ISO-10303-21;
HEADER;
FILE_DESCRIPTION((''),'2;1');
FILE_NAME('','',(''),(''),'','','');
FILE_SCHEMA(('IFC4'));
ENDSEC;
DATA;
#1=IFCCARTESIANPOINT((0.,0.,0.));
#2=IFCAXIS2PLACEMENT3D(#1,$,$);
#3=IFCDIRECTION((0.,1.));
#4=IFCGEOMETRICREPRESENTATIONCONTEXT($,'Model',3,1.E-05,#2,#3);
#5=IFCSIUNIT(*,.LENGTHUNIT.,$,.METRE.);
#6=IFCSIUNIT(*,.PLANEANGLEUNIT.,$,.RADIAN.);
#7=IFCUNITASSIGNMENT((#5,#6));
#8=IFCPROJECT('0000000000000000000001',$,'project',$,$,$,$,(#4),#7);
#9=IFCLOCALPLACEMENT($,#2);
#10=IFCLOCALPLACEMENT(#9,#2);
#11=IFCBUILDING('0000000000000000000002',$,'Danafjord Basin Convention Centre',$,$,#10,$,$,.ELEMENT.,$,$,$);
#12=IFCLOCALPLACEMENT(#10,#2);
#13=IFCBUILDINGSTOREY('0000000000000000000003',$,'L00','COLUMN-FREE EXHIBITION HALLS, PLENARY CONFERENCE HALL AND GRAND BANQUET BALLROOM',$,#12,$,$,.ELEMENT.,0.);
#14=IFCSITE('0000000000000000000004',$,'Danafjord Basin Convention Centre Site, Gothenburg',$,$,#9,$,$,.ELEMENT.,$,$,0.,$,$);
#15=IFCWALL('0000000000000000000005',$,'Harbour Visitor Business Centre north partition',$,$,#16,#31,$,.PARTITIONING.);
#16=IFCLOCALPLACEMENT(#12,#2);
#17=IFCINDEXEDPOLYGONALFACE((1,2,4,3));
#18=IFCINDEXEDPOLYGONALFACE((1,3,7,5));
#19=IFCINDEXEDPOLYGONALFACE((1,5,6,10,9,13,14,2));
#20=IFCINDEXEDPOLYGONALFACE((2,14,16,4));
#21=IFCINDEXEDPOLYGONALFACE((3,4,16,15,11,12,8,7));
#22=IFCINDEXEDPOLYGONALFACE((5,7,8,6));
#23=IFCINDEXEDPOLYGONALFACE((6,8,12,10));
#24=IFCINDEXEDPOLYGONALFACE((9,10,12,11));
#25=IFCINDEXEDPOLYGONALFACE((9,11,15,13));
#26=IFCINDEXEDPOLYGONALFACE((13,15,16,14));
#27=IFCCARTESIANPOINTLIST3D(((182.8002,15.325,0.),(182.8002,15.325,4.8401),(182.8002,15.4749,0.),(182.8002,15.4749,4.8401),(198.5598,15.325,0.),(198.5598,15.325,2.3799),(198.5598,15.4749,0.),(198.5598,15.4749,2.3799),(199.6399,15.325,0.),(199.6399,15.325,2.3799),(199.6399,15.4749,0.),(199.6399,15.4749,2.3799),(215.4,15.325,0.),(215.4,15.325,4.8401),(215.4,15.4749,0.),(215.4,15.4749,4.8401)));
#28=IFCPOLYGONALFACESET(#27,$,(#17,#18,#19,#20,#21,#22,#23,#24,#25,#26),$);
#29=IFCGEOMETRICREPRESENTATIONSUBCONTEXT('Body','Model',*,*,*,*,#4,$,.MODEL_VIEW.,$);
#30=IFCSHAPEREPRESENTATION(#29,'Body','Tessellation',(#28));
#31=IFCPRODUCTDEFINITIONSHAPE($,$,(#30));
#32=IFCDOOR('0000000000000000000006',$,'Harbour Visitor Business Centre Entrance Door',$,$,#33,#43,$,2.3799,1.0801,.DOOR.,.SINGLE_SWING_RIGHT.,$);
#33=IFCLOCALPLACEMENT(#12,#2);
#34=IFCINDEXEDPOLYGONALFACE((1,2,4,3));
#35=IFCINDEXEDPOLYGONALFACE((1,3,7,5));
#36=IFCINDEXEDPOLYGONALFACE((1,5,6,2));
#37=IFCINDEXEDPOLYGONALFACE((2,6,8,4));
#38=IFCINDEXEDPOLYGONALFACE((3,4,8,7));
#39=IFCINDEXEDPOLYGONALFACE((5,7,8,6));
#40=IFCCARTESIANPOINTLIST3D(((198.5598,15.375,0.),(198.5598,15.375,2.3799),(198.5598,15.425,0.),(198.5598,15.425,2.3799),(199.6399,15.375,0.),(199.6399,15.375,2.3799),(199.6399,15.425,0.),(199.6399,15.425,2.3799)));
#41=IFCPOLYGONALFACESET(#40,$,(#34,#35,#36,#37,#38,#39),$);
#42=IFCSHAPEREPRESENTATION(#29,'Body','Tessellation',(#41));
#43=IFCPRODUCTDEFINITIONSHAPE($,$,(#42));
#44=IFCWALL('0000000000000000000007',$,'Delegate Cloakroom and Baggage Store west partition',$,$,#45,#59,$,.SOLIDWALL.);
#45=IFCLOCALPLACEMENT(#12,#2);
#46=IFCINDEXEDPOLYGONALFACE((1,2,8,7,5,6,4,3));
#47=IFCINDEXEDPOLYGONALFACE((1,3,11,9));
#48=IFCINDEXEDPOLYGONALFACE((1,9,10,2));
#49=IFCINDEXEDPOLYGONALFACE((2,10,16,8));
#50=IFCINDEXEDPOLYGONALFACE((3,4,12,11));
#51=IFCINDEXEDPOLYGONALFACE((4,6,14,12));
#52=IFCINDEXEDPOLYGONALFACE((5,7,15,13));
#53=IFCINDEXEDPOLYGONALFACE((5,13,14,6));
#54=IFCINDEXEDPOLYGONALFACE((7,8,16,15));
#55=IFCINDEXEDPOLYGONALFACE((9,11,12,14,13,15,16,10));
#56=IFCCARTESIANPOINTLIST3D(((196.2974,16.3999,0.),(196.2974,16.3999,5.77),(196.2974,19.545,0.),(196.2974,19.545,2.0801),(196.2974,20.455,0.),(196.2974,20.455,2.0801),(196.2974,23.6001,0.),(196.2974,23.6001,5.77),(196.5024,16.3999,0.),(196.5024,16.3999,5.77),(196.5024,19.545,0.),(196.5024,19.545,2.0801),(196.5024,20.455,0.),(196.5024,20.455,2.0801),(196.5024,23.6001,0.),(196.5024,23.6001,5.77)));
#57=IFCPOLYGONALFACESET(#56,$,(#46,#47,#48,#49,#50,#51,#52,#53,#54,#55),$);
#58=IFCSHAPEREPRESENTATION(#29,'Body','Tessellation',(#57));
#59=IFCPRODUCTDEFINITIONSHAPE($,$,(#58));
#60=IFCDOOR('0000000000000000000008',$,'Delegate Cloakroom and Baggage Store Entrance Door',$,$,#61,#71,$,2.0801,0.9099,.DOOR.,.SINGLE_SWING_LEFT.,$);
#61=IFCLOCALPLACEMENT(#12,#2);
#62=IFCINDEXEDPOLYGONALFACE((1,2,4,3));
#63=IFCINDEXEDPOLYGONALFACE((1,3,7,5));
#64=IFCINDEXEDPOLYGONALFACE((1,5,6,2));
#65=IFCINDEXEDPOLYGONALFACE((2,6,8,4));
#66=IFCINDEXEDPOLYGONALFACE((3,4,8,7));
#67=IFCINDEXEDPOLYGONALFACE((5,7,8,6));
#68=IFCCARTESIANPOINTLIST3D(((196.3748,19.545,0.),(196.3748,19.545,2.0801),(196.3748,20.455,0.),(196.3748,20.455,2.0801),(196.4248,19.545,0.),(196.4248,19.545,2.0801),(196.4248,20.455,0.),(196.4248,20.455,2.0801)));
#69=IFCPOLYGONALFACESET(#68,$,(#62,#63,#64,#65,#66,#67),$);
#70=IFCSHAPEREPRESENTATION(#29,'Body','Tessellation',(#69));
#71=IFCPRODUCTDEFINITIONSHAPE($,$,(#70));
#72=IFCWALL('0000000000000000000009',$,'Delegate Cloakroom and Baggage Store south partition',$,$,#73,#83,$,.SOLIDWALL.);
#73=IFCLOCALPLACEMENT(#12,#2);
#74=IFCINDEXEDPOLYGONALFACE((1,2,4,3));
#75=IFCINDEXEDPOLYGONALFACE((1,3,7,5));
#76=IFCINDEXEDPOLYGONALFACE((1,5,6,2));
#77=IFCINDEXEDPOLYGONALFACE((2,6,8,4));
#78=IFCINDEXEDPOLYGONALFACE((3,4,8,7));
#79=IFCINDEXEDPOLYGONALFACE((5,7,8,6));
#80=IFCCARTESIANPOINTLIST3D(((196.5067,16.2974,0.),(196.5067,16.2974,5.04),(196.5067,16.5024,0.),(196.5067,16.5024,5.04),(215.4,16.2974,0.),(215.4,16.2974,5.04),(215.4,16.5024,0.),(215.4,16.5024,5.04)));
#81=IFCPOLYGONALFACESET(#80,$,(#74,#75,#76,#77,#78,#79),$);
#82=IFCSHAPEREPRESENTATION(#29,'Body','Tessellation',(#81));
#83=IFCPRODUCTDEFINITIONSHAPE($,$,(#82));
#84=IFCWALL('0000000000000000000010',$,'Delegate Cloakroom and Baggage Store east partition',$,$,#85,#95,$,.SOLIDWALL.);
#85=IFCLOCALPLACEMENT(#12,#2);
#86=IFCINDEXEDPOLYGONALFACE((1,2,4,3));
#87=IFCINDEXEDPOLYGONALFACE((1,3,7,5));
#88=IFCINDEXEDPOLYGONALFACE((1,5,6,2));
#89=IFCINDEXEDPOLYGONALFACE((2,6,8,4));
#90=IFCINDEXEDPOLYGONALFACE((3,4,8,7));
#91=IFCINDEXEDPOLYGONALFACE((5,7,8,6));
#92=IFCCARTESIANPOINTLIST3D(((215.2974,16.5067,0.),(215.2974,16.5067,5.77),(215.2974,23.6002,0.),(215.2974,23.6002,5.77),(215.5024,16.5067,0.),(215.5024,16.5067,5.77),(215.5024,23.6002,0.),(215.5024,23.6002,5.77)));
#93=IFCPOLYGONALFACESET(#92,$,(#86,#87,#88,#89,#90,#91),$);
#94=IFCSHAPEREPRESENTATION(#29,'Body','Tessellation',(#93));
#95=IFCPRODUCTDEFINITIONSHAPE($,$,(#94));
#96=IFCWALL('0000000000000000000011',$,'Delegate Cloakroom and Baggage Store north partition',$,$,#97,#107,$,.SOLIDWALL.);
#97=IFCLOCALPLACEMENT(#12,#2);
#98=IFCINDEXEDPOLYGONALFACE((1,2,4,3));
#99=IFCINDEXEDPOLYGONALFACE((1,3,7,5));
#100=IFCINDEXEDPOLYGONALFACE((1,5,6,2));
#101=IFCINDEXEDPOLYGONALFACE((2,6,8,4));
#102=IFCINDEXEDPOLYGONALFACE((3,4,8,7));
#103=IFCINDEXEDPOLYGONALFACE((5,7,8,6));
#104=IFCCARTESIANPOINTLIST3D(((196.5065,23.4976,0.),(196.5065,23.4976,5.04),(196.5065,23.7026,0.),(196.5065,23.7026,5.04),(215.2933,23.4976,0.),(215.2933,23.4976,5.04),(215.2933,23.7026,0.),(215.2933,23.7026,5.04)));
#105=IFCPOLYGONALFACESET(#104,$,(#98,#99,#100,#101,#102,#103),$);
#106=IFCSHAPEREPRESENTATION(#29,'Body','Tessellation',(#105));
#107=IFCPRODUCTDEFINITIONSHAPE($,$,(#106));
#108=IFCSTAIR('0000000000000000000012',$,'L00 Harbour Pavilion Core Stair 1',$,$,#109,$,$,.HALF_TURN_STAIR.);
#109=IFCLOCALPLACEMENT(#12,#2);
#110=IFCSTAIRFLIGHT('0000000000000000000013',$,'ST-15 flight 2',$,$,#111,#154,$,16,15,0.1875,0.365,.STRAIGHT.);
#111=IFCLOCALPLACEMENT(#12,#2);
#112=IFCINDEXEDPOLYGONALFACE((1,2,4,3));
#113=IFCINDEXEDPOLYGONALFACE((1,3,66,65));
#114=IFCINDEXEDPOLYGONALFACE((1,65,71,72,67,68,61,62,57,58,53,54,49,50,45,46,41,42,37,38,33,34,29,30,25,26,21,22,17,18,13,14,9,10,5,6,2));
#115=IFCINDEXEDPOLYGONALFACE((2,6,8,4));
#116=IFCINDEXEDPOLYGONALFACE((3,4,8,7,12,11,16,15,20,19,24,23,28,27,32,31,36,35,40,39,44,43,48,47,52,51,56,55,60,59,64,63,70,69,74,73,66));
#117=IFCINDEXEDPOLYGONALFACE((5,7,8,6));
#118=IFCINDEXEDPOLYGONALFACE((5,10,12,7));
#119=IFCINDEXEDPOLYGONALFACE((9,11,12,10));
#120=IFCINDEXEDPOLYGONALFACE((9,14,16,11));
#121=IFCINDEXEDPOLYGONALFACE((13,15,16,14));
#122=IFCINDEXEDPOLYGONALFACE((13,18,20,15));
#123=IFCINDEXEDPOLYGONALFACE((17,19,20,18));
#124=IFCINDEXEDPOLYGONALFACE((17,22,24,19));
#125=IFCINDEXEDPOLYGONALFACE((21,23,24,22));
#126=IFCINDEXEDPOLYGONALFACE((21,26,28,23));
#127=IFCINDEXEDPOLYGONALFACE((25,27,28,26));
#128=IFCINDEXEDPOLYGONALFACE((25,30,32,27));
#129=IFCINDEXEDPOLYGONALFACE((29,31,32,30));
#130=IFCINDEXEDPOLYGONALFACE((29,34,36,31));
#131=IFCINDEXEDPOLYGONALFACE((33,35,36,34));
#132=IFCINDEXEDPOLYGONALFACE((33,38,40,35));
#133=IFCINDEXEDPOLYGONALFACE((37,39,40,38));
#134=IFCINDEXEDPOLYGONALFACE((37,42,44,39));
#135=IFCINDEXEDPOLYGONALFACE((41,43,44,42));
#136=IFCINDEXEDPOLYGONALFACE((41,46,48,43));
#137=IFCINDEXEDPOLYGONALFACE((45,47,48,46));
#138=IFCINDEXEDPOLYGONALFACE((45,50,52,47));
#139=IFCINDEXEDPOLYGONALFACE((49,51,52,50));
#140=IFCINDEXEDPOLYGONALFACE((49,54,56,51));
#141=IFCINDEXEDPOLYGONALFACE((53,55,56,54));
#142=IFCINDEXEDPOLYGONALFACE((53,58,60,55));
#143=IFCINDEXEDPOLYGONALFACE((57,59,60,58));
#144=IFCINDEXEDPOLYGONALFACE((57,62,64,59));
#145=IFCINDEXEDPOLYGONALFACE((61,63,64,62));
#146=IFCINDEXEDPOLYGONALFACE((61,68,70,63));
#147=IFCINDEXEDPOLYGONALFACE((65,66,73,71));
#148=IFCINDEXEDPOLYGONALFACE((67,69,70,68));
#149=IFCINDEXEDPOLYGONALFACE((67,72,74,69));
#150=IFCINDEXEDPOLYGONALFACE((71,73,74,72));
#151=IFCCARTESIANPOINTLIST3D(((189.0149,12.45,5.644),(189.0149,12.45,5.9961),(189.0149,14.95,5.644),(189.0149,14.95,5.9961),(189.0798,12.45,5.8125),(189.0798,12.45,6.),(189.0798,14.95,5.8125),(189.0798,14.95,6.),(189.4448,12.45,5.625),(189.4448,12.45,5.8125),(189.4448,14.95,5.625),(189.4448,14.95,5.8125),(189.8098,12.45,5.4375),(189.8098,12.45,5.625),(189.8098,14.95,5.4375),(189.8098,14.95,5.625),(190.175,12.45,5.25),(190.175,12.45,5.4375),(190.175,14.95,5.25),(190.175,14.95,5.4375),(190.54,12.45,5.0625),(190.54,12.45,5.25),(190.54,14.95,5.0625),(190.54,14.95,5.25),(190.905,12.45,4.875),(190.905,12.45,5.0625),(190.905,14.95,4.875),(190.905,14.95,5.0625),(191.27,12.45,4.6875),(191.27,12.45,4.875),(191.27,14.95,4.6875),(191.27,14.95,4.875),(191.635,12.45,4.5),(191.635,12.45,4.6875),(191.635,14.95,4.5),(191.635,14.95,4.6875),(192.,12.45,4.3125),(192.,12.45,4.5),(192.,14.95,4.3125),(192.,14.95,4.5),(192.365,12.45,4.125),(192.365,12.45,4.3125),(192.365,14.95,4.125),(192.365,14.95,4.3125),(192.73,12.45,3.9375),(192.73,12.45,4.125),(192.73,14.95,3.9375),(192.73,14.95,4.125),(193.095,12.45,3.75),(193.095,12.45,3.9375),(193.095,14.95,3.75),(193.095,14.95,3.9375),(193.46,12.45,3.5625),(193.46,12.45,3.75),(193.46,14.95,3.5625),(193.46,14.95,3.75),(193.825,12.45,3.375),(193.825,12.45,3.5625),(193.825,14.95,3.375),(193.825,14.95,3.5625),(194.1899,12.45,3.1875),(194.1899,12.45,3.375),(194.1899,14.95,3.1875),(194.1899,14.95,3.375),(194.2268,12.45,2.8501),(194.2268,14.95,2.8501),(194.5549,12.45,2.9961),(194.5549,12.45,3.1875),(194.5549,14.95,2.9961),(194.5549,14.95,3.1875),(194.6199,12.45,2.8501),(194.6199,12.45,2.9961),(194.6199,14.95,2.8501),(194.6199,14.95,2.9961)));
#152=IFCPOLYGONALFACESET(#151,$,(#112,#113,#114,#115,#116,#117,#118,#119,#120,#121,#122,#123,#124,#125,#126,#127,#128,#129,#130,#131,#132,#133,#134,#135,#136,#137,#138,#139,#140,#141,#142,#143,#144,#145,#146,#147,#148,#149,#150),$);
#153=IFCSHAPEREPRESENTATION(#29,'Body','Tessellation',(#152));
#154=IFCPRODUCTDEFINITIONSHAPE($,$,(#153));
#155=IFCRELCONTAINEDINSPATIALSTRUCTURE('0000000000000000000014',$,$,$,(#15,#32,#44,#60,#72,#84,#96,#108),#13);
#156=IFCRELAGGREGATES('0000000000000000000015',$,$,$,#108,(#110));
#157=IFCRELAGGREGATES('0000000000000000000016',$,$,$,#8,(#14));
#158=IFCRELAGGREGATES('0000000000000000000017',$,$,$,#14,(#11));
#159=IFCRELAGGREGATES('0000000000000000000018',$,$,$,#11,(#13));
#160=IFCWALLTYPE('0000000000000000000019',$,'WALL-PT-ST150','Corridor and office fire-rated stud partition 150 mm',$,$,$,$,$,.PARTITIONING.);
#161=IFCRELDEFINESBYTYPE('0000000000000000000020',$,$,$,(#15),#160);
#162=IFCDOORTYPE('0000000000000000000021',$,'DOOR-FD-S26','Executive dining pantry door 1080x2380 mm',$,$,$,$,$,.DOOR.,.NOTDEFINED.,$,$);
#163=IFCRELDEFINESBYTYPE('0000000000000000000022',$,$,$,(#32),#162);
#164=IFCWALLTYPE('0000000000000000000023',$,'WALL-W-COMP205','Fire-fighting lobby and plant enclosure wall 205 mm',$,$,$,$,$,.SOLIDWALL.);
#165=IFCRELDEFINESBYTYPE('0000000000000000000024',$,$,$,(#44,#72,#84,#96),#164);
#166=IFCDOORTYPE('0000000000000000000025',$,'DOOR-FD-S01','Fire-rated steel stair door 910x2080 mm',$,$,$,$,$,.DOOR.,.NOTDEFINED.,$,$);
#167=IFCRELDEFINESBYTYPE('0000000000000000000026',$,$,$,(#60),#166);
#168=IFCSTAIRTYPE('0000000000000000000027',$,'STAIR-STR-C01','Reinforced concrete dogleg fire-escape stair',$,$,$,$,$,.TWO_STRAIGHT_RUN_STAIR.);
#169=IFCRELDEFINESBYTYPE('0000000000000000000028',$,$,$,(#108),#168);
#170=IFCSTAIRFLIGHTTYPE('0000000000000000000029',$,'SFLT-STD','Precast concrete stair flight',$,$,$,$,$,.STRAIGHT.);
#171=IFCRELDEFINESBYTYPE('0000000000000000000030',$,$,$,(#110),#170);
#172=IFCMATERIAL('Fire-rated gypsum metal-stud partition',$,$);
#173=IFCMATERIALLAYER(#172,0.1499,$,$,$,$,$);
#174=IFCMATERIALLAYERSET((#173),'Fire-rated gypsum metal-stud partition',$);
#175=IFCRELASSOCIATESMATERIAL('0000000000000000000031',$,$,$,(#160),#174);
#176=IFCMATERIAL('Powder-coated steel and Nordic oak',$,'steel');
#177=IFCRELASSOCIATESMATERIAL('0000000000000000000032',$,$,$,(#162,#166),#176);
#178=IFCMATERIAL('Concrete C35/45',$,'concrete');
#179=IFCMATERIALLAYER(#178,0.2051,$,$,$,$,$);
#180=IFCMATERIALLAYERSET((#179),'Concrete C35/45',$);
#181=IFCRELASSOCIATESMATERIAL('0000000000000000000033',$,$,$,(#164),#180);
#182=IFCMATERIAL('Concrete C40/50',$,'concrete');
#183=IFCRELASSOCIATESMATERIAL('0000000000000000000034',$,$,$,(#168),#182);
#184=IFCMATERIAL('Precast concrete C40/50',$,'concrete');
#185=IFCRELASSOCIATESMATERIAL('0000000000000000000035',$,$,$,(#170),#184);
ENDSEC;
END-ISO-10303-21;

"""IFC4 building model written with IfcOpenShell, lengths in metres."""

from ifc_helpers import new_model, si_unit, direction, frame, frame_2d, origin, place, context, subcontext, project, spatial, polyline, rectangle, outline, extrude, material, layer, layer_set, type_object, element, fill, aggregate, save


model = new_model("IFC4")

# Units and contexts
model_context = context("Model", 3, precision=1e-05, world=origin(), true_north=direction((0.0, 1.0)))
body_context = subcontext(model_context, "Body", "Model", "MODEL_VIEW")
ifc_project = project(units=[si_unit("LENGTHUNIT", "METRE"), si_unit("PLANEANGLEUNIT", "RADIAN")], contexts=[model_context])

# Site, building, storey
site_placement = place(None, origin())
site = spatial("IfcSite", under=ifc_project, at=site_placement, Name="Danafjord Basin Convention Centre Site, Gothenburg", CompositionType="ELEMENT", RefElevation=0.0)
building_placement = place(site_placement, origin())
building = spatial("IfcBuilding", under=site, at=building_placement, Name="Danafjord Basin Convention Centre", CompositionType="ELEMENT")
storey_placement = place(building_placement, origin())
storey = spatial("IfcBuildingStorey", under=building, at=storey_placement, Name="L00", Description="COLUMN-FREE EXHIBITION HALLS, PLENARY CONFERENCE HALL AND GRAND BANQUET BALLROOM", CompositionType="ELEMENT", Elevation=0.0)

# Shared definitions
ifc_material_1 = material(Name="Concrete C35/45", Category="concrete")

# Wall, opening, door
ifc_material_2 = material(Name="Fire-rated gypsum metal-stud partition")
ifc_layer_1 = layer(ifc_material_2, 0.1499)
ifc_layer_set_1 = layer_set([ifc_layer_1], Name="Fire-rated gypsum metal-stud partition")
wall_type_1 = type_object("IfcWallType", Name="WALL-PT-ST150", Description="Corridor and office fire-rated stud partition 150 mm", PredefinedType="PARTITIONING", material=ifc_layer_set_1)
wall_1_placement = place(storey_placement, frame((215.3999, 15.3999, 0.0), z_axis=(0.0, 0.0, 1.0), x_axis=(-1.0, 0.0, 0.0)))
wall_1 = element("IfcWall", 1, at=wall_1_placement, inside=storey, type_object=wall_type_1, Name="Harbour Visitor Business Centre north partition", PredefinedType="PARTITIONING", context=body_context, shape_type="SweptSolid", body=[
    extrude(rectangle(XDim=32.5999, YDim=0.1499, at=frame_2d((16.2998, 0.0))), origin(), (0.0, 0.0, 1.0), 4.8401),
])
opening_1_placement = place(wall_1_placement, frame((15.76, 0.0, 0.0)))
opening_1 = element("IfcOpeningElement", 2, at=opening_1_placement, cuts=wall_1, PredefinedType="OPENING", context=body_context, shape_type="SweptSolid", body=[
    extrude(rectangle(XDim=1.0801, YDim=2.3799, at=frame_2d((0.54, 1.1899))), frame((0.0, 0.085, 0.0), z_axis=(0.0, -1.0, 0.0), x_axis=(1.0, 0.0, 0.0)), (0.0, 0.0, 1.0), 0.1699),
])
ifc_material_3 = material(Name="Powder-coated steel and Nordic oak", Category="steel")
door_type_1 = type_object("IfcDoorType", Name="DOOR-FD-S26", Description="Executive dining pantry door 1080x2380 mm", OperationType="NOTDEFINED", PredefinedType="DOOR", material=ifc_material_3)
door_1_placement = place(opening_1_placement, origin())
door_1 = element("IfcDoor", 3, at=door_1_placement, inside=storey, type_object=door_type_1, Name="Harbour Visitor Business Centre Entrance Door", OperationType="SINGLE_SWING_RIGHT", OverallHeight=2.3799, OverallWidth=1.0801, PredefinedType="DOOR", context=body_context, shape_type="SweptSolid", body=[
    extrude(rectangle(XDim=1.0801, YDim=2.3799, at=frame_2d((0.54, 1.1899))), frame((0.0, 0.0249, 0.0), z_axis=(0.0, -1.0, 0.0), x_axis=(1.0, 0.0, 0.0)), (0.0, 0.0, 1.0), 0.05),
])
fill(opening_1, door_1)

# Shared definitions
ifc_layer_2 = layer(ifc_material_1, 0.2051)
ifc_layer_set_2 = layer_set([ifc_layer_2], Name="Concrete C35/45")
wall_type_2 = type_object("IfcWallType", Name="WALL-W-COMP205", Description="Fire-fighting lobby and plant enclosure wall 205 mm", PredefinedType="SOLIDWALL", material=ifc_layer_set_2)

# Wall, opening, door
wall_2_placement = place(storey_placement, frame((196.3999, 23.6001, 0.0), z_axis=(0.0, 0.0, 1.0), x_axis=(0.0, -1.0, 0.0)))
wall_2 = element("IfcWall", 4, at=wall_2_placement, inside=storey, type_object=wall_type_2, Name="Delegate Cloakroom and Baggage Store west partition", PredefinedType="SOLIDWALL", context=body_context, shape_type="SweptSolid", body=[
    extrude(rectangle(XDim=7.2002, YDim=0.2051, at=frame_2d((3.6001, 0.0))), origin(), (0.0, 0.0, 1.0), 5.77),
])
opening_2_placement = place(wall_2_placement, frame((3.145, 0.0, 0.0)))
opening_2 = element("IfcOpeningElement", 5, at=opening_2_placement, cuts=wall_2, PredefinedType="OPENING", context=body_context, shape_type="SweptSolid", body=[
    extrude(rectangle(XDim=0.9099, YDim=2.0801, at=frame_2d((0.4551, 1.04))), frame((0.0, 0.1125, 0.0), z_axis=(0.0, -1.0, 0.0), x_axis=(1.0, 0.0, 0.0)), (0.0, 0.0, 1.0), 0.2251),
])
door_type_2 = type_object("IfcDoorType", Name="DOOR-FD-S01", Description="Fire-rated steel stair door 910x2080 mm", OperationType="NOTDEFINED", PredefinedType="DOOR", material=ifc_material_3)
door_2_placement = place(opening_2_placement, origin())
door_2 = element("IfcDoor", 6, at=door_2_placement, inside=storey, type_object=door_type_2, Name="Delegate Cloakroom and Baggage Store Entrance Door", OperationType="SINGLE_SWING_LEFT", OverallHeight=2.0801, OverallWidth=0.9099, PredefinedType="DOOR", context=body_context, shape_type="SweptSolid", body=[
    extrude(rectangle(XDim=0.9099, YDim=2.0801, at=frame_2d((0.4551, 1.04))), frame((0.0, 0.0249, 0.0), z_axis=(0.0, -1.0, 0.0), x_axis=(1.0, 0.0, 0.0)), (0.0, 0.0, 1.0), 0.05),
])
fill(opening_2, door_2)

# Walls
wall_3_placement = place(storey_placement, frame((196.5066, 16.3999, 0.0), z_axis=(0.0, 0.0, 1.0), x_axis=(1.0, 0.0, 0.0)))
element("IfcWall", 7, at=wall_3_placement, inside=storey, type_object=wall_type_2, Name="Delegate Cloakroom and Baggage Store south partition", PredefinedType="SOLIDWALL", context=body_context, shape_type="SweptSolid", body=[
    extrude(rectangle(XDim=18.8933, YDim=0.2051, at=frame_2d((9.4468, 0.0))), origin(), (0.0, 0.0, 1.0), 5.04),
])
wall_4_placement = place(storey_placement, frame((215.3999, 16.5066, 0.0), z_axis=(0.0, 0.0, 1.0), x_axis=(0.0, 1.0, 0.0)))
element("IfcWall", 8, at=wall_4_placement, inside=storey, type_object=wall_type_2, Name="Delegate Cloakroom and Baggage Store east partition", PredefinedType="SOLIDWALL", context=body_context, shape_type="SweptSolid", body=[
    extrude(rectangle(XDim=7.0935, YDim=0.2051, at=frame_2d((3.5469, 0.0))), origin(), (0.0, 0.0, 1.0), 5.77),
])
wall_5_placement = place(storey_placement, frame((215.2935, 23.6001, 0.0), z_axis=(0.0, 0.0, 1.0), x_axis=(-1.0, 0.0, 0.0)))
element("IfcWall", 9, at=wall_5_placement, inside=storey, type_object=wall_type_2, Name="Delegate Cloakroom and Baggage Store north partition", PredefinedType="SOLIDWALL", context=body_context, shape_type="SweptSolid", body=[
    extrude(rectangle(XDim=18.7869, YDim=0.2051, at=frame_2d((9.3936, 0.0))), origin(), (0.0, 0.0, 1.0), 5.04),
])

# Stair, stair flight
ifc_material_4 = material(Name="Concrete C40/50", Category="concrete")
stair_type = type_object("IfcStairType", Name="STAIR-STR-C01", Description="Reinforced concrete dogleg fire-escape stair", PredefinedType="TWO_STRAIGHT_RUN_STAIR", material=ifc_material_4)
stair_placement = place(storey_placement, origin())
stair = element("IfcStair", 10, at=stair_placement, inside=storey, type_object=stair_type, Name="L00 Harbour Pavilion Core Stair 1", PredefinedType="HALF_TURN_STAIR")
ifc_material_5 = material(Name="Precast concrete C40/50", Category="concrete")
stair_flight_type = type_object("IfcStairFlightType", Name="SFLT-STD", Description="Precast concrete stair flight", PredefinedType="STRAIGHT", material=ifc_material_5)
stair_flight_placement = place(storey_placement, frame((194.5549, 13.7, 3.0), z_axis=(0.0, 0.0, 1.0), x_axis=(-1.0, 0.0, 0.0)))
stair_flight = element("IfcStairFlight", 11, at=stair_flight_placement, type_object=stair_flight_type, Name="ST-15 flight 2", NumberOfRisers=16, NumberOfTreads=15, PredefinedType="STRAIGHT", RiserHeight=0.1875, TreadLength=0.365, context=body_context, shape_type="SweptSolid", body=[
    extrude(outline(polyline([(-0.0649, -0.1499), (-0.0649, -0.0039), (0.0, -0.0039), (0.0, 0.1875), (0.365, 0.1875), (0.365, 0.375), (0.73, 0.375), (0.73, 0.5625), (1.095, 0.5625), (1.095, 0.75), (1.46, 0.75), (1.46, 0.9375), (1.825, 0.9375), (1.825, 1.125), (2.1899, 1.125), (2.1899, 1.3125), (2.5549, 1.3125), (2.5549, 1.5), (2.9199, 1.5), (2.9199, 1.6875), (3.2849, 1.6875), (3.2849, 1.875), (3.6499, 1.875), (3.6499, 2.0625), (4.0149, 2.0625), (4.0149, 2.25), (4.3799, 2.25), (4.3799, 2.4375), (4.7451, 2.4375), (4.7451, 2.625), (5.1101, 2.625), (5.1101, 2.8125), (5.4751, 2.8125), (5.4751, 3.0), (5.54, 2.9961), (5.54, 2.644), (0.3281, -0.1499), (-0.0649, -0.1499)])), frame((0.0, 1.25, 0.0), z_axis=(0.0, -1.0, 0.0), x_axis=(1.0, 0.0, 0.0)), (0.0, 0.0, 1.0), 2.5),
])
aggregate(stair, [stair_flight])

save(model, "model.ifc")
